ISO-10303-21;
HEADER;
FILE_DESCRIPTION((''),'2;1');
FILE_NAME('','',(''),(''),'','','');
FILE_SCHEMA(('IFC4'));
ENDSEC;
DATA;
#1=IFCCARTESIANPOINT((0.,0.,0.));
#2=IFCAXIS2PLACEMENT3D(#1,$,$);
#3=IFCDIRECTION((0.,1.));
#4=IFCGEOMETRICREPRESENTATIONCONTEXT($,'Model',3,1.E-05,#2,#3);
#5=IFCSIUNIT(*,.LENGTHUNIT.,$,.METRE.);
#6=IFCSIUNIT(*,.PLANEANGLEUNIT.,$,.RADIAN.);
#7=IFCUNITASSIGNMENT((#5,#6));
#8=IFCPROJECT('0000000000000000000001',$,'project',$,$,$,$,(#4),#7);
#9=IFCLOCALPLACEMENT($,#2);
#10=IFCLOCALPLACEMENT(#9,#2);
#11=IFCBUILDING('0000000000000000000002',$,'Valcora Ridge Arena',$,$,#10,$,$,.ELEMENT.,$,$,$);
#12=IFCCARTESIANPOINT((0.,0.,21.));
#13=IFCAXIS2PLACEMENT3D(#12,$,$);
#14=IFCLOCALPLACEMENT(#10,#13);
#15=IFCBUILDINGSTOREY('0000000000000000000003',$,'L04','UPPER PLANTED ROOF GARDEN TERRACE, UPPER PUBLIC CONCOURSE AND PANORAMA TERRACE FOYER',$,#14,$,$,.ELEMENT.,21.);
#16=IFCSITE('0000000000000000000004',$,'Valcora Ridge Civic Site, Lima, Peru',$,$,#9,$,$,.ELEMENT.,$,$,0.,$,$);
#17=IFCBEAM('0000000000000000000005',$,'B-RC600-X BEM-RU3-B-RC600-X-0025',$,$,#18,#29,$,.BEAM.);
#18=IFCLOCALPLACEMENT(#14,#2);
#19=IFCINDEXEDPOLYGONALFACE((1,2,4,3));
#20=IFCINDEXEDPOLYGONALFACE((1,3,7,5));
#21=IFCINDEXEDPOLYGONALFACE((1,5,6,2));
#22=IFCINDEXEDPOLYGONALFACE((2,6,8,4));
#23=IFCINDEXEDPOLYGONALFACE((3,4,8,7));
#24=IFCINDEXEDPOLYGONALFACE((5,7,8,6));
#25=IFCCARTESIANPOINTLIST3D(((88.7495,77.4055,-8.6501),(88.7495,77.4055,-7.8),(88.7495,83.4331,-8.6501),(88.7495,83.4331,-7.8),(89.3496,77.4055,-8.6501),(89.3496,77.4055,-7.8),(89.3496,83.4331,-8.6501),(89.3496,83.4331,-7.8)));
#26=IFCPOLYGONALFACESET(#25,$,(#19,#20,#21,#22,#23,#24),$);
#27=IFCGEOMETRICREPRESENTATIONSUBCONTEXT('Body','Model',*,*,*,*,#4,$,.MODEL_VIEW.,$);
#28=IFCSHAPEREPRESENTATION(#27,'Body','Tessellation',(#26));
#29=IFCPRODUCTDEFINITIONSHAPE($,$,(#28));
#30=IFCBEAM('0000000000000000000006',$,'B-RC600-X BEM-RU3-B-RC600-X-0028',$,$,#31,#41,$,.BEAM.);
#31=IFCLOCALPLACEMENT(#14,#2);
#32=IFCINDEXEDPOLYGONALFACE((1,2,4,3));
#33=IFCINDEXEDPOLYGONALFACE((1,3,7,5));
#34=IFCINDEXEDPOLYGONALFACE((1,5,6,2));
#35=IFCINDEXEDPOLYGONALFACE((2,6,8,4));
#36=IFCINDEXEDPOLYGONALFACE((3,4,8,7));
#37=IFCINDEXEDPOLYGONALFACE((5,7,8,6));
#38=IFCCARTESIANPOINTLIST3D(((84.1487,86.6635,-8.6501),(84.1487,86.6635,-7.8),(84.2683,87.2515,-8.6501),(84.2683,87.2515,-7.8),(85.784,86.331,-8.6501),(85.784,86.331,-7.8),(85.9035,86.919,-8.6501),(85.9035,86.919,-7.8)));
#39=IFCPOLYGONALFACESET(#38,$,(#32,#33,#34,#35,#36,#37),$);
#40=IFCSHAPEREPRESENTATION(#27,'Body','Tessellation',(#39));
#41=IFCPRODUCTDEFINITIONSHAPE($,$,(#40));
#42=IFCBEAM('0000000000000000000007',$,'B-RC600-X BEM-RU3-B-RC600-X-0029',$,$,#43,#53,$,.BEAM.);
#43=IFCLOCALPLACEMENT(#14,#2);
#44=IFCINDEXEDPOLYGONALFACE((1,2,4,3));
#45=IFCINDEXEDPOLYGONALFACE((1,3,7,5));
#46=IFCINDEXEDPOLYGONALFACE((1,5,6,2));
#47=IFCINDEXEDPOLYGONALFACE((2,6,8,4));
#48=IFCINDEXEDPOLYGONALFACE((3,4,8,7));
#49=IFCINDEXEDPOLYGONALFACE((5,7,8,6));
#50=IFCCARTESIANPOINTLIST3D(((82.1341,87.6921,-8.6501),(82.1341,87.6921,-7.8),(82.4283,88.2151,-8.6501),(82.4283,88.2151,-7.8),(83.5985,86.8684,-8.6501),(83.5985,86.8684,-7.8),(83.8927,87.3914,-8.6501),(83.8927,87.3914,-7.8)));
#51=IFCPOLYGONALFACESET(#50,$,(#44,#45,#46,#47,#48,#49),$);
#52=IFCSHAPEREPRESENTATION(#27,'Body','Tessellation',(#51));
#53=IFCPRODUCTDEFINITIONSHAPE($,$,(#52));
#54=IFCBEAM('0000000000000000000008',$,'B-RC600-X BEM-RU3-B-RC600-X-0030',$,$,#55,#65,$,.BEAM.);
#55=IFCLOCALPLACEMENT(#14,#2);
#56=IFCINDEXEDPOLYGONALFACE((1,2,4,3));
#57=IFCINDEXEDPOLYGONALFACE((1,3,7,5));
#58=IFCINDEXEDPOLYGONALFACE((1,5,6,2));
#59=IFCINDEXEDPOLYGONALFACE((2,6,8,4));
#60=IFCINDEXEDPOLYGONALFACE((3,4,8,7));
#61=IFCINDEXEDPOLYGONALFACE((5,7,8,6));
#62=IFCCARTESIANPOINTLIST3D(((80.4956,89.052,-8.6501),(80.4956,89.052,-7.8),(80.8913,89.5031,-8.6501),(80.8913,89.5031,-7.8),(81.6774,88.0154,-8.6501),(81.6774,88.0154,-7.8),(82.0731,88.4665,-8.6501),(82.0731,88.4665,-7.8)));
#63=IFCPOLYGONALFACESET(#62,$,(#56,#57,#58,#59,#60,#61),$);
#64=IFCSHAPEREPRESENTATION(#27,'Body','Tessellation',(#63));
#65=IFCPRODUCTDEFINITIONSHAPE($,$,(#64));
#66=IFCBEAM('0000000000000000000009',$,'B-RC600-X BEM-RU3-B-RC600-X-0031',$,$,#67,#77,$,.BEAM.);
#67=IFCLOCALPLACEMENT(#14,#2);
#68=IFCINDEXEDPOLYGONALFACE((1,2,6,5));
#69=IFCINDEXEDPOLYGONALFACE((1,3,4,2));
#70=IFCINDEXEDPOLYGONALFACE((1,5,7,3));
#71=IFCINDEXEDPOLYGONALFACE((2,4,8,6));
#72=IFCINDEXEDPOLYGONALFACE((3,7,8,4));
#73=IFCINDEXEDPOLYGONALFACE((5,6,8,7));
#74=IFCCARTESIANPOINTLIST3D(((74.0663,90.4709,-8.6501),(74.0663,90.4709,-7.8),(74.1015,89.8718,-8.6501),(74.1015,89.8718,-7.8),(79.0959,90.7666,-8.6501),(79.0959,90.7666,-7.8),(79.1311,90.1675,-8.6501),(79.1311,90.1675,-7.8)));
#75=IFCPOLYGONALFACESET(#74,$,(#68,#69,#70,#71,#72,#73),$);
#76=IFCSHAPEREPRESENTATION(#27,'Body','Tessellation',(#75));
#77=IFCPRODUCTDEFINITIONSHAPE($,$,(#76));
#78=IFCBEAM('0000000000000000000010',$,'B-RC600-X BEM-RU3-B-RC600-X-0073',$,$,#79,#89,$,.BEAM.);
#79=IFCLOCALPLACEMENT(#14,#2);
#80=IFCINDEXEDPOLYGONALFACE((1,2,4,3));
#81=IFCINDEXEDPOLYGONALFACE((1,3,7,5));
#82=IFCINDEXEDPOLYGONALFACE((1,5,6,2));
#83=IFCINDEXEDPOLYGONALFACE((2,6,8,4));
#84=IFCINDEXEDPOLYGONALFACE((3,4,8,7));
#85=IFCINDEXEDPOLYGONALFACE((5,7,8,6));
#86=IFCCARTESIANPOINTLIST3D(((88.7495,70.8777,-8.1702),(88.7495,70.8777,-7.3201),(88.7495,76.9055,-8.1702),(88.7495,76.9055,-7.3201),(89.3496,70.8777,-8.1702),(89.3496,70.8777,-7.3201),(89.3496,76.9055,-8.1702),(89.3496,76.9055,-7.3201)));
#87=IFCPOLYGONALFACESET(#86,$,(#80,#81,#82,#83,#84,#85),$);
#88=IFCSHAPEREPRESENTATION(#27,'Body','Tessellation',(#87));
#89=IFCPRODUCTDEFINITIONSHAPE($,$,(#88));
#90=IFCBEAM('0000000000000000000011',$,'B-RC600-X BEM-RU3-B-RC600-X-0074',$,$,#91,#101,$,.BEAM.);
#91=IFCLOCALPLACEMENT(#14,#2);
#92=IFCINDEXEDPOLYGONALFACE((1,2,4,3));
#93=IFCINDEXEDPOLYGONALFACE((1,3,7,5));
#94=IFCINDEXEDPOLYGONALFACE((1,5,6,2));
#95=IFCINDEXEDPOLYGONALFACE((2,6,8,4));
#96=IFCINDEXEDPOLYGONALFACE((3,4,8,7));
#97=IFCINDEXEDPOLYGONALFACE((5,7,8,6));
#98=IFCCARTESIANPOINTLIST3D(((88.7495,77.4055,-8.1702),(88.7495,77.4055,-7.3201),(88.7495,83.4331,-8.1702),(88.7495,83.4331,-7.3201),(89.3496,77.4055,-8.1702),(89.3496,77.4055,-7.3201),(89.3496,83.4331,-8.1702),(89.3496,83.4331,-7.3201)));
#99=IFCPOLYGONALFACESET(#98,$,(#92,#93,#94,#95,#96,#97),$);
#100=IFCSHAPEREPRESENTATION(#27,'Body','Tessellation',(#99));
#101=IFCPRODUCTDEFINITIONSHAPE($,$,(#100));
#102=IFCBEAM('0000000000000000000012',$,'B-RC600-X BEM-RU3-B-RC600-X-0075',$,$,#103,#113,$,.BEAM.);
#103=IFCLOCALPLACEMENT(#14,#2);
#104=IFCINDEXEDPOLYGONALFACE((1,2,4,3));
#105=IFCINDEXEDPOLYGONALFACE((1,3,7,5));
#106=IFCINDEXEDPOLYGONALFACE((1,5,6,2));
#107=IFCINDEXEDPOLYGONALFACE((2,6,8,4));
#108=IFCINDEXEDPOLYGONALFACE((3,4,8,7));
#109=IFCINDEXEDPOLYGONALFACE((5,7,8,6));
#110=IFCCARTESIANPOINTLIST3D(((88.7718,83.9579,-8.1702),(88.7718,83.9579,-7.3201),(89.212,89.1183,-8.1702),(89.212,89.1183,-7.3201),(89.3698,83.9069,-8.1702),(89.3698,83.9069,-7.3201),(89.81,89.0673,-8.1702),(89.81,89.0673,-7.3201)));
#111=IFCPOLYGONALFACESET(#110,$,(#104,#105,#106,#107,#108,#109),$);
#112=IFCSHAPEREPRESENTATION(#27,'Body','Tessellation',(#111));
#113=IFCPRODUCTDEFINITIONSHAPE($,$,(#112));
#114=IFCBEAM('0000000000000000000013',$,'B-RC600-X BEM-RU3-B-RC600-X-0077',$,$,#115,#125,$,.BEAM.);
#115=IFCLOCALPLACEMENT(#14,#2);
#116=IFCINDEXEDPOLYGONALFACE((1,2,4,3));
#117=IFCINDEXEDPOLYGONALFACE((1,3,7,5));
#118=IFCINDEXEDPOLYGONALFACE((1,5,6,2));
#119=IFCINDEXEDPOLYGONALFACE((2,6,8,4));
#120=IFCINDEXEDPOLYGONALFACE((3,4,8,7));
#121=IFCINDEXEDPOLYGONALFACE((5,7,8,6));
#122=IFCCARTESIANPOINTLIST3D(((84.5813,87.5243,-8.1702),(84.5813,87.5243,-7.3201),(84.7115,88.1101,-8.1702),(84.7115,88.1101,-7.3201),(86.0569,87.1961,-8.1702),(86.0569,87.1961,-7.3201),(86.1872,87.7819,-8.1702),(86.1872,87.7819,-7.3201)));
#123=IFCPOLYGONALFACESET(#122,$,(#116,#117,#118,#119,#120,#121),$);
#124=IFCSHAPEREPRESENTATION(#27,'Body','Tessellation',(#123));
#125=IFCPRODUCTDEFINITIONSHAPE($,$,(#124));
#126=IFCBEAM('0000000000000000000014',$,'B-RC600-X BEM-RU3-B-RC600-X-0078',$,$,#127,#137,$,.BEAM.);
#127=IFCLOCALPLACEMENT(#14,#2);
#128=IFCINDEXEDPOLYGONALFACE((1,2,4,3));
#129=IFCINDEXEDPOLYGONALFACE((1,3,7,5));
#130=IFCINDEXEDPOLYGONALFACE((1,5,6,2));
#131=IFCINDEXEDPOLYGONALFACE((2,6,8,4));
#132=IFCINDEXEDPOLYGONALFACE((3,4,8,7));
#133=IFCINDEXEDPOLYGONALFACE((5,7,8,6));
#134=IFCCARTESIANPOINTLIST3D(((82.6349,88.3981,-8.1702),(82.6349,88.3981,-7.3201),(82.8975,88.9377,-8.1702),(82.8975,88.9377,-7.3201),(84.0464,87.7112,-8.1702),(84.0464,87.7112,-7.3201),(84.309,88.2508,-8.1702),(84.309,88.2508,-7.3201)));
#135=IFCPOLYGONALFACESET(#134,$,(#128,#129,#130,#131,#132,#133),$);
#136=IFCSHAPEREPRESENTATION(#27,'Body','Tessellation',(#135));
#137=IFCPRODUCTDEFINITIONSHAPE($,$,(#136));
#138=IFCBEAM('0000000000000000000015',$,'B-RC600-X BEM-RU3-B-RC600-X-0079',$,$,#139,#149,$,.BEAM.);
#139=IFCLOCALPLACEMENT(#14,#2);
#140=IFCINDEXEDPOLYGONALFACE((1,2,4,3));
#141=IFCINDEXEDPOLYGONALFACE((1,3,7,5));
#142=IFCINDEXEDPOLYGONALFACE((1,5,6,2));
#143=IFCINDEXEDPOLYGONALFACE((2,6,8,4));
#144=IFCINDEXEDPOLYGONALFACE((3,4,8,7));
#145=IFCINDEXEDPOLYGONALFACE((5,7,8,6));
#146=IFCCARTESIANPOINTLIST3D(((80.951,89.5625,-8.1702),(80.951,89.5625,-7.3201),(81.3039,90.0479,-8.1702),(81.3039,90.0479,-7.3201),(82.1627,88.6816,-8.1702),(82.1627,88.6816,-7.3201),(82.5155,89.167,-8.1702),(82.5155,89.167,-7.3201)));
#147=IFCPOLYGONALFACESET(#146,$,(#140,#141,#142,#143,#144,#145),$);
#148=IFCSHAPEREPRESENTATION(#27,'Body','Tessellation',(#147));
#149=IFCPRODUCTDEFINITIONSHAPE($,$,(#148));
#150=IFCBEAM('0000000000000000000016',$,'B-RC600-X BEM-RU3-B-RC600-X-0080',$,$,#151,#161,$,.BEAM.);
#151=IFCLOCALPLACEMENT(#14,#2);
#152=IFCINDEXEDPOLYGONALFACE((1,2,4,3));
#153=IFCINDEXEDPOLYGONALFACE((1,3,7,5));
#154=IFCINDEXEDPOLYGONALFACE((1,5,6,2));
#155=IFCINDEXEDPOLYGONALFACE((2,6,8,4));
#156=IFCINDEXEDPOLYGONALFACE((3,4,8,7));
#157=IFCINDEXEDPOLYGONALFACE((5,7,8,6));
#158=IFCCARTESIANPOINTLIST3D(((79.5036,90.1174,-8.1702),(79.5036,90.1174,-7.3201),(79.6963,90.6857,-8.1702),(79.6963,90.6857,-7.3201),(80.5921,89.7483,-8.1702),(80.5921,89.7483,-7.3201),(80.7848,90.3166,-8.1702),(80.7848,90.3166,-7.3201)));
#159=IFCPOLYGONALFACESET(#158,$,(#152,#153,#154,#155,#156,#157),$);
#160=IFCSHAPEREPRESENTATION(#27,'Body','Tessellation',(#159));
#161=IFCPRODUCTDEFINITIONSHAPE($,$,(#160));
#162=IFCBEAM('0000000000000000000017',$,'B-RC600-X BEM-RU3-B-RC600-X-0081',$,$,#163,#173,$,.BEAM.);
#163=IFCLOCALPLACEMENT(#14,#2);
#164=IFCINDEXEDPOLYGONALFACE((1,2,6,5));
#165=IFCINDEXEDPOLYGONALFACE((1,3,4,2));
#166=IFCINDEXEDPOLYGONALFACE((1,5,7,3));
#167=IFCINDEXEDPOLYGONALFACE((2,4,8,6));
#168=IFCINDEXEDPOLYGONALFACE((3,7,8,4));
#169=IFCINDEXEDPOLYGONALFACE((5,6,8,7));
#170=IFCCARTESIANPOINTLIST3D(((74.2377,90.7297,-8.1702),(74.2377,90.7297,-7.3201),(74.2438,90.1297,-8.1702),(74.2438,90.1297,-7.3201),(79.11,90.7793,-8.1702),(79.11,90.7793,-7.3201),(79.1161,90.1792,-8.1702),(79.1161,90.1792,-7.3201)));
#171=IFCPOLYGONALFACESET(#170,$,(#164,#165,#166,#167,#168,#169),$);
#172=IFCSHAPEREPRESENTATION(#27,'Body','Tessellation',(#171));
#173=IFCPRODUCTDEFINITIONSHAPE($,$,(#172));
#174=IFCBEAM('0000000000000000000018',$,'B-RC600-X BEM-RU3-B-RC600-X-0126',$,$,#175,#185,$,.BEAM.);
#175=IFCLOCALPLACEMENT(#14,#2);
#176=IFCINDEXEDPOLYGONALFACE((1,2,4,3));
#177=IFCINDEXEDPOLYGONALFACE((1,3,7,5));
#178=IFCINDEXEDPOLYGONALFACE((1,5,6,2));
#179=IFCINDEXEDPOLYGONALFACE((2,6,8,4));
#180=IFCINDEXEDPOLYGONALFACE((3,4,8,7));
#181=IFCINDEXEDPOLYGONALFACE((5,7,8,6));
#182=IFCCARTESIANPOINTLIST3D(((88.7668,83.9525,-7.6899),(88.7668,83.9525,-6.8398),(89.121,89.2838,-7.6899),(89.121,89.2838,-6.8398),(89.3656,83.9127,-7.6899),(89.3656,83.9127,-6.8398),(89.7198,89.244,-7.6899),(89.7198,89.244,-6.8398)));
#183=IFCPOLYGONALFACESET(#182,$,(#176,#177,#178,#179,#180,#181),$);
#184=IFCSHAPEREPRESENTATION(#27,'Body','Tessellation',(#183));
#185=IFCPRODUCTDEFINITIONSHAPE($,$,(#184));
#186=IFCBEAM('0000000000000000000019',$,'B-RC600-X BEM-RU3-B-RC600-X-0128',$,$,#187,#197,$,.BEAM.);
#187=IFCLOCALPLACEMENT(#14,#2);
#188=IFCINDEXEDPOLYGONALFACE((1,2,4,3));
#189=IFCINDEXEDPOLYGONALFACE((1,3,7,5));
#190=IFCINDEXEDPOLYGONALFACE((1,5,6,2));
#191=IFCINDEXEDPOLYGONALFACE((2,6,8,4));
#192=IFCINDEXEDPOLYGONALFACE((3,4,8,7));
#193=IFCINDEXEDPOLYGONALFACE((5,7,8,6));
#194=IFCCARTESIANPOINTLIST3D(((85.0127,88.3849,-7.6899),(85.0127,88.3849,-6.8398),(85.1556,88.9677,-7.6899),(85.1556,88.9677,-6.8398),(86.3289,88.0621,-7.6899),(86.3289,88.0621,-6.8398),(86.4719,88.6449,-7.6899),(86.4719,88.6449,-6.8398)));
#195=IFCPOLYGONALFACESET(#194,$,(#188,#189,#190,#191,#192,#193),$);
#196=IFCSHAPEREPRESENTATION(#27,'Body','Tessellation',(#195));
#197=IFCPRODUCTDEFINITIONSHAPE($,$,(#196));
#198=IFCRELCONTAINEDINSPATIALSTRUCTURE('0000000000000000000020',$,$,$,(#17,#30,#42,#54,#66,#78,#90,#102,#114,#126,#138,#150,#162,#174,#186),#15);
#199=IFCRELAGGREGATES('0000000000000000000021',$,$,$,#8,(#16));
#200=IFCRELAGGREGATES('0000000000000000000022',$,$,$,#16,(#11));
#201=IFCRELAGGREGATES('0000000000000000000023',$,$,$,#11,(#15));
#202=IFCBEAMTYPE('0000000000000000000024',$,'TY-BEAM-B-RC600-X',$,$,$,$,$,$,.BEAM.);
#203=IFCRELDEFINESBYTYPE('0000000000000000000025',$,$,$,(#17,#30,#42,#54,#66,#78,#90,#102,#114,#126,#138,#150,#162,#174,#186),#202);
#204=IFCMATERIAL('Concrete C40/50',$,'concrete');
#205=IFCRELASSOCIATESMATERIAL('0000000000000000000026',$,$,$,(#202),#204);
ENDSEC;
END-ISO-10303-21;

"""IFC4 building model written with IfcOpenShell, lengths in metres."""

from ifc_helpers import new_model, si_unit, direction, frame, origin, origin_2d, place, context, subcontext, project, spatial, rectangle, extrude, material, material_profile, profile_set, type_object, element, save


model = new_model("IFC4")

# Units and contexts
model_context = context("Model", 3, precision=1e-05, world=origin(), true_north=direction((0.0, 1.0)))
body_context = subcontext(model_context, "Body", "Model", "MODEL_VIEW")
ifc_project = project(units=[si_unit("LENGTHUNIT", "METRE"), si_unit("PLANEANGLEUNIT", "RADIAN")], contexts=[model_context])

# Site, building, storey
site_placement = place(None, origin())
site = spatial("IfcSite", under=ifc_project, at=site_placement, Name="Valcora Ridge Civic Site, Lima, Peru", CompositionType="ELEMENT", RefElevation=0.0)
building_placement = place(site_placement, origin())
building = spatial("IfcBuilding", under=site, at=building_placement, Name="Valcora Ridge Arena", CompositionType="ELEMENT")
storey_placement = place(building_placement, frame((0.0, 0.0, 21.0)))
storey = spatial("IfcBuildingStorey", under=building, at=storey_placement, Name="L04", Description="UPPER PLANTED ROOF GARDEN TERRACE, UPPER PUBLIC CONCOURSE AND PANORAMA TERRACE FOYER", CompositionType="ELEMENT", Elevation=21.0)

# Beams
ifc_material_1 = material(Name="Concrete C40/50", Category="concrete")
ifc_material_profile_1 = material_profile(ifc_material_1, rectangle(XDim=0.6001, YDim=0.8501, at=origin_2d()), Name="RC 600x850")
ifc_profile_set_1 = profile_set([ifc_material_profile_1], Name="Concrete C40/50")
beam_type_1 = type_object("IfcBeamType", Name="TY-BEAM-B-RC600-X", PredefinedType="BEAM", material=ifc_profile_set_1)
beam_1_placement = place(storey_placement, frame((89.0496, 77.4055, -8.2251), z_axis=(0.0, 1.0, 0.0), x_axis=(-1.0, 0.0, 0.0)))
element("IfcBeam", 1, at=beam_1_placement, inside=storey, type_object=beam_type_1, Name="B-RC600-X BEM-RU3-B-RC600-X-0025", PredefinedType="BEAM", context=body_context, shape_type="SweptSolid", body=[
    extrude(rectangle(XDim=0.6001, YDim=0.8501, at=origin_2d()), origin(), (0.0, 0.0, 1.0), 6.0276),
])
beam_2_placement = place(storey_placement, frame((85.8438, 86.625, -8.2251), z_axis=(-0.979945, 0.199266, 0.0), x_axis=(-0.199266, -0.979945, 0.0)))
element("IfcBeam", 2, at=beam_2_placement, inside=storey, type_object=beam_type_1, Name="B-RC600-X BEM-RU3-B-RC600-X-0028", PredefinedType="BEAM", context=body_context, shape_type="SweptSolid", body=[
    extrude(rectangle(XDim=0.6001, YDim=0.8501, at=origin_2d()), origin(), (0.0, 0.0, 1.0), 1.6687),
])
beam_3_placement = place(storey_placement, frame((83.7456, 87.1299, -8.2251), z_axis=(-0.871568, 0.490275, 0.0), x_axis=(-0.490275, -0.871568, 0.0)))
element("IfcBeam", 3, at=beam_3_placement, inside=storey, type_object=beam_type_1, Name="B-RC600-X BEM-RU3-B-RC600-X-0029", PredefinedType="BEAM", context=body_context, shape_type="SweptSolid", body=[
    extrude(rectangle(XDim=0.6001, YDim=0.8501, at=origin_2d()), origin(), (0.0, 0.0, 1.0), 1.6802),
])
beam_4_placement = place(storey_placement, frame((81.8752, 88.241, -8.2251), z_axis=(-0.751797, 0.659395, 0.0), x_axis=(-0.659395, -0.751797, 0.0)))
element("IfcBeam", 4, at=beam_4_placement, inside=storey, type_object=beam_type_1, Name="B-RC600-X BEM-RU3-B-RC600-X-0030", PredefinedType="BEAM", context=body_context, shape_type="SweptSolid", body=[
    extrude(rectangle(XDim=0.6001, YDim=0.8501, at=origin_2d()), origin(), (0.0, 0.0, 1.0), 1.572),
])
beam_5_placement = place(storey_placement, frame((79.1135, 90.467, -8.2251), z_axis=(-0.998277, -0.058682, 0.0), x_axis=(0.058682, -0.998277, 0.0)))
element("IfcBeam", 5, at=beam_5_placement, inside=storey, type_object=beam_type_1, Name="B-RC600-X BEM-RU3-B-RC600-X-0031", PredefinedType="BEAM", context=body_context, shape_type="SweptSolid", body=[
    extrude(rectangle(XDim=0.6001, YDim=0.8501, at=origin_2d()), origin(), (0.0, 0.0, 1.0), 5.0383),
])
beam_6_placement = place(storey_placement, frame((89.0496, 70.8777, -7.7451), z_axis=(0.0, 1.0, 0.0), x_axis=(-1.0, 0.0, 0.0)))
element("IfcBeam", 6, at=beam_6_placement, inside=storey, type_object=beam_type_1, Name="B-RC600-X BEM-RU3-B-RC600-X-0073", PredefinedType="BEAM", context=body_context, shape_type="SweptSolid", body=[
    extrude(rectangle(XDim=0.6001, YDim=0.8501, at=origin_2d()), origin(), (0.0, 0.0, 1.0), 6.0278),
])
beam_7_placement = place(storey_placement, frame((89.0496, 77.4055, -7.7451), z_axis=(0.0, 1.0, 0.0), x_axis=(-1.0, 0.0, 0.0)))
element("IfcBeam", 7, at=beam_7_placement, inside=storey, type_object=beam_type_1, Name="B-RC600-X BEM-RU3-B-RC600-X-0074", PredefinedType="BEAM", context=body_context, shape_type="SweptSolid", body=[
    extrude(rectangle(XDim=0.6001, YDim=0.8501, at=origin_2d()), origin(), (0.0, 0.0, 1.0), 6.0276),
])
beam_8_placement = place(storey_placement, frame((89.0708, 83.9324, -7.7451), z_axis=(0.084992, 0.996382, 0.0), x_axis=(-0.996382, 0.084992, 0.0)))
element("IfcBeam", 8, at=beam_8_placement, inside=storey, type_object=beam_type_1, Name="B-RC600-X BEM-RU3-B-RC600-X-0075", PredefinedType="BEAM", context=body_context, shape_type="SweptSolid", body=[
    extrude(rectangle(XDim=0.6001, YDim=0.8501, at=origin_2d()), origin(), (0.0, 0.0, 1.0), 5.1792),
])
beam_9_placement = place(storey_placement, frame((86.1221, 87.489, -7.7451), z_axis=(-0.976157, 0.217067, 0.0), x_axis=(-0.217067, -0.976157, 0.0)))
element("IfcBeam", 9, at=beam_9_placement, inside=storey, type_object=beam_type_1, Name="B-RC600-X BEM-RU3-B-RC600-X-0077", PredefinedType="BEAM", context=body_context, shape_type="SweptSolid", body=[
    extrude(rectangle(XDim=0.6001, YDim=0.8501, at=origin_2d()), origin(), (0.0, 0.0, 1.0), 1.5117),
])
beam_10_placement = place(storey_placement, frame((84.1777, 87.981, -7.7451), z_axis=(-0.899166, 0.437608, 0.0), x_axis=(-0.437608, -0.899166, 0.0)))
element("IfcBeam", 10, at=beam_10_placement, inside=storey, type_object=beam_type_1, Name="B-RC600-X BEM-RU3-B-RC600-X-0078", PredefinedType="BEAM", context=body_context, shape_type="SweptSolid", body=[
    extrude(rectangle(XDim=0.6001, YDim=0.8501, at=origin_2d()), origin(), (0.0, 0.0, 1.0), 1.5698),
])
beam_11_placement = place(storey_placement, frame((82.3391, 88.9243, -7.7451), z_axis=(-0.808849, 0.588017, 0.0), x_axis=(-0.588017, -0.808849, 0.0)))
element("IfcBeam", 11, at=beam_11_placement, inside=storey, type_object=beam_type_1, Name="B-RC600-X BEM-RU3-B-RC600-X-0079", PredefinedType="BEAM", context=body_context, shape_type="SweptSolid", body=[
    extrude(rectangle(XDim=0.6001, YDim=0.8501, at=origin_2d()), origin(), (0.0, 0.0, 1.0), 1.498),
])
beam_12_placement = place(storey_placement, frame((80.6885, 90.0325, -7.7451), z_axis=(-0.947035, 0.32113, 0.0), x_axis=(-0.32113, -0.947035, 0.0)))
element("IfcBeam", 12, at=beam_12_placement, inside=storey, type_object=beam_type_1, Name="B-RC600-X BEM-RU3-B-RC600-X-0080", PredefinedType="BEAM", context=body_context, shape_type="SweptSolid", body=[
    extrude(rectangle(XDim=0.6001, YDim=0.8501, at=origin_2d()), origin(), (0.0, 0.0, 1.0), 1.1494),
])
beam_13_placement = place(storey_placement, frame((79.113, 90.4792, -7.7451), z_axis=(-0.999948, -0.010171, 0.0), x_axis=(0.010171, -0.999948, 0.0)))
element("IfcBeam", 13, at=beam_13_placement, inside=storey, type_object=beam_type_1, Name="B-RC600-X BEM-RU3-B-RC600-X-0081", PredefinedType="BEAM", context=body_context, shape_type="SweptSolid", body=[
    extrude(rectangle(XDim=0.6001, YDim=0.8501, at=origin_2d()), origin(), (0.0, 0.0, 1.0), 4.8726),
])
beam_14_placement = place(storey_placement, frame((89.0662, 83.9326, -7.2649), z_axis=(0.066301, 0.9978, 0.0), x_axis=(-0.9978, 0.066301, 0.0)))
element("IfcBeam", 14, at=beam_14_placement, inside=storey, type_object=beam_type_1, Name="B-RC600-X BEM-RU3-B-RC600-X-0126", PredefinedType="BEAM", context=body_context, shape_type="SweptSolid", body=[
    extrude(rectangle(XDim=0.6001, YDim=0.8501, at=origin_2d()), origin(), (0.0, 0.0, 1.0), 5.343),
])
beam_15_placement = place(storey_placement, frame((86.4004, 88.3535, -7.2649), z_axis=(-0.971224, 0.238167, 0.0), x_axis=(-0.238167, -0.971224, 0.0)))
element("IfcBeam", 15, at=beam_15_placement, inside=storey, type_object=beam_type_1, Name="B-RC600-X BEM-RU3-B-RC600-X-0128", PredefinedType="BEAM", context=body_context, shape_type="SweptSolid", body=[
    extrude(rectangle(XDim=0.6001, YDim=0.8501, at=origin_2d()), origin(), (0.0, 0.0, 1.0), 1.3552),
])

save(model, "model.ifc")
